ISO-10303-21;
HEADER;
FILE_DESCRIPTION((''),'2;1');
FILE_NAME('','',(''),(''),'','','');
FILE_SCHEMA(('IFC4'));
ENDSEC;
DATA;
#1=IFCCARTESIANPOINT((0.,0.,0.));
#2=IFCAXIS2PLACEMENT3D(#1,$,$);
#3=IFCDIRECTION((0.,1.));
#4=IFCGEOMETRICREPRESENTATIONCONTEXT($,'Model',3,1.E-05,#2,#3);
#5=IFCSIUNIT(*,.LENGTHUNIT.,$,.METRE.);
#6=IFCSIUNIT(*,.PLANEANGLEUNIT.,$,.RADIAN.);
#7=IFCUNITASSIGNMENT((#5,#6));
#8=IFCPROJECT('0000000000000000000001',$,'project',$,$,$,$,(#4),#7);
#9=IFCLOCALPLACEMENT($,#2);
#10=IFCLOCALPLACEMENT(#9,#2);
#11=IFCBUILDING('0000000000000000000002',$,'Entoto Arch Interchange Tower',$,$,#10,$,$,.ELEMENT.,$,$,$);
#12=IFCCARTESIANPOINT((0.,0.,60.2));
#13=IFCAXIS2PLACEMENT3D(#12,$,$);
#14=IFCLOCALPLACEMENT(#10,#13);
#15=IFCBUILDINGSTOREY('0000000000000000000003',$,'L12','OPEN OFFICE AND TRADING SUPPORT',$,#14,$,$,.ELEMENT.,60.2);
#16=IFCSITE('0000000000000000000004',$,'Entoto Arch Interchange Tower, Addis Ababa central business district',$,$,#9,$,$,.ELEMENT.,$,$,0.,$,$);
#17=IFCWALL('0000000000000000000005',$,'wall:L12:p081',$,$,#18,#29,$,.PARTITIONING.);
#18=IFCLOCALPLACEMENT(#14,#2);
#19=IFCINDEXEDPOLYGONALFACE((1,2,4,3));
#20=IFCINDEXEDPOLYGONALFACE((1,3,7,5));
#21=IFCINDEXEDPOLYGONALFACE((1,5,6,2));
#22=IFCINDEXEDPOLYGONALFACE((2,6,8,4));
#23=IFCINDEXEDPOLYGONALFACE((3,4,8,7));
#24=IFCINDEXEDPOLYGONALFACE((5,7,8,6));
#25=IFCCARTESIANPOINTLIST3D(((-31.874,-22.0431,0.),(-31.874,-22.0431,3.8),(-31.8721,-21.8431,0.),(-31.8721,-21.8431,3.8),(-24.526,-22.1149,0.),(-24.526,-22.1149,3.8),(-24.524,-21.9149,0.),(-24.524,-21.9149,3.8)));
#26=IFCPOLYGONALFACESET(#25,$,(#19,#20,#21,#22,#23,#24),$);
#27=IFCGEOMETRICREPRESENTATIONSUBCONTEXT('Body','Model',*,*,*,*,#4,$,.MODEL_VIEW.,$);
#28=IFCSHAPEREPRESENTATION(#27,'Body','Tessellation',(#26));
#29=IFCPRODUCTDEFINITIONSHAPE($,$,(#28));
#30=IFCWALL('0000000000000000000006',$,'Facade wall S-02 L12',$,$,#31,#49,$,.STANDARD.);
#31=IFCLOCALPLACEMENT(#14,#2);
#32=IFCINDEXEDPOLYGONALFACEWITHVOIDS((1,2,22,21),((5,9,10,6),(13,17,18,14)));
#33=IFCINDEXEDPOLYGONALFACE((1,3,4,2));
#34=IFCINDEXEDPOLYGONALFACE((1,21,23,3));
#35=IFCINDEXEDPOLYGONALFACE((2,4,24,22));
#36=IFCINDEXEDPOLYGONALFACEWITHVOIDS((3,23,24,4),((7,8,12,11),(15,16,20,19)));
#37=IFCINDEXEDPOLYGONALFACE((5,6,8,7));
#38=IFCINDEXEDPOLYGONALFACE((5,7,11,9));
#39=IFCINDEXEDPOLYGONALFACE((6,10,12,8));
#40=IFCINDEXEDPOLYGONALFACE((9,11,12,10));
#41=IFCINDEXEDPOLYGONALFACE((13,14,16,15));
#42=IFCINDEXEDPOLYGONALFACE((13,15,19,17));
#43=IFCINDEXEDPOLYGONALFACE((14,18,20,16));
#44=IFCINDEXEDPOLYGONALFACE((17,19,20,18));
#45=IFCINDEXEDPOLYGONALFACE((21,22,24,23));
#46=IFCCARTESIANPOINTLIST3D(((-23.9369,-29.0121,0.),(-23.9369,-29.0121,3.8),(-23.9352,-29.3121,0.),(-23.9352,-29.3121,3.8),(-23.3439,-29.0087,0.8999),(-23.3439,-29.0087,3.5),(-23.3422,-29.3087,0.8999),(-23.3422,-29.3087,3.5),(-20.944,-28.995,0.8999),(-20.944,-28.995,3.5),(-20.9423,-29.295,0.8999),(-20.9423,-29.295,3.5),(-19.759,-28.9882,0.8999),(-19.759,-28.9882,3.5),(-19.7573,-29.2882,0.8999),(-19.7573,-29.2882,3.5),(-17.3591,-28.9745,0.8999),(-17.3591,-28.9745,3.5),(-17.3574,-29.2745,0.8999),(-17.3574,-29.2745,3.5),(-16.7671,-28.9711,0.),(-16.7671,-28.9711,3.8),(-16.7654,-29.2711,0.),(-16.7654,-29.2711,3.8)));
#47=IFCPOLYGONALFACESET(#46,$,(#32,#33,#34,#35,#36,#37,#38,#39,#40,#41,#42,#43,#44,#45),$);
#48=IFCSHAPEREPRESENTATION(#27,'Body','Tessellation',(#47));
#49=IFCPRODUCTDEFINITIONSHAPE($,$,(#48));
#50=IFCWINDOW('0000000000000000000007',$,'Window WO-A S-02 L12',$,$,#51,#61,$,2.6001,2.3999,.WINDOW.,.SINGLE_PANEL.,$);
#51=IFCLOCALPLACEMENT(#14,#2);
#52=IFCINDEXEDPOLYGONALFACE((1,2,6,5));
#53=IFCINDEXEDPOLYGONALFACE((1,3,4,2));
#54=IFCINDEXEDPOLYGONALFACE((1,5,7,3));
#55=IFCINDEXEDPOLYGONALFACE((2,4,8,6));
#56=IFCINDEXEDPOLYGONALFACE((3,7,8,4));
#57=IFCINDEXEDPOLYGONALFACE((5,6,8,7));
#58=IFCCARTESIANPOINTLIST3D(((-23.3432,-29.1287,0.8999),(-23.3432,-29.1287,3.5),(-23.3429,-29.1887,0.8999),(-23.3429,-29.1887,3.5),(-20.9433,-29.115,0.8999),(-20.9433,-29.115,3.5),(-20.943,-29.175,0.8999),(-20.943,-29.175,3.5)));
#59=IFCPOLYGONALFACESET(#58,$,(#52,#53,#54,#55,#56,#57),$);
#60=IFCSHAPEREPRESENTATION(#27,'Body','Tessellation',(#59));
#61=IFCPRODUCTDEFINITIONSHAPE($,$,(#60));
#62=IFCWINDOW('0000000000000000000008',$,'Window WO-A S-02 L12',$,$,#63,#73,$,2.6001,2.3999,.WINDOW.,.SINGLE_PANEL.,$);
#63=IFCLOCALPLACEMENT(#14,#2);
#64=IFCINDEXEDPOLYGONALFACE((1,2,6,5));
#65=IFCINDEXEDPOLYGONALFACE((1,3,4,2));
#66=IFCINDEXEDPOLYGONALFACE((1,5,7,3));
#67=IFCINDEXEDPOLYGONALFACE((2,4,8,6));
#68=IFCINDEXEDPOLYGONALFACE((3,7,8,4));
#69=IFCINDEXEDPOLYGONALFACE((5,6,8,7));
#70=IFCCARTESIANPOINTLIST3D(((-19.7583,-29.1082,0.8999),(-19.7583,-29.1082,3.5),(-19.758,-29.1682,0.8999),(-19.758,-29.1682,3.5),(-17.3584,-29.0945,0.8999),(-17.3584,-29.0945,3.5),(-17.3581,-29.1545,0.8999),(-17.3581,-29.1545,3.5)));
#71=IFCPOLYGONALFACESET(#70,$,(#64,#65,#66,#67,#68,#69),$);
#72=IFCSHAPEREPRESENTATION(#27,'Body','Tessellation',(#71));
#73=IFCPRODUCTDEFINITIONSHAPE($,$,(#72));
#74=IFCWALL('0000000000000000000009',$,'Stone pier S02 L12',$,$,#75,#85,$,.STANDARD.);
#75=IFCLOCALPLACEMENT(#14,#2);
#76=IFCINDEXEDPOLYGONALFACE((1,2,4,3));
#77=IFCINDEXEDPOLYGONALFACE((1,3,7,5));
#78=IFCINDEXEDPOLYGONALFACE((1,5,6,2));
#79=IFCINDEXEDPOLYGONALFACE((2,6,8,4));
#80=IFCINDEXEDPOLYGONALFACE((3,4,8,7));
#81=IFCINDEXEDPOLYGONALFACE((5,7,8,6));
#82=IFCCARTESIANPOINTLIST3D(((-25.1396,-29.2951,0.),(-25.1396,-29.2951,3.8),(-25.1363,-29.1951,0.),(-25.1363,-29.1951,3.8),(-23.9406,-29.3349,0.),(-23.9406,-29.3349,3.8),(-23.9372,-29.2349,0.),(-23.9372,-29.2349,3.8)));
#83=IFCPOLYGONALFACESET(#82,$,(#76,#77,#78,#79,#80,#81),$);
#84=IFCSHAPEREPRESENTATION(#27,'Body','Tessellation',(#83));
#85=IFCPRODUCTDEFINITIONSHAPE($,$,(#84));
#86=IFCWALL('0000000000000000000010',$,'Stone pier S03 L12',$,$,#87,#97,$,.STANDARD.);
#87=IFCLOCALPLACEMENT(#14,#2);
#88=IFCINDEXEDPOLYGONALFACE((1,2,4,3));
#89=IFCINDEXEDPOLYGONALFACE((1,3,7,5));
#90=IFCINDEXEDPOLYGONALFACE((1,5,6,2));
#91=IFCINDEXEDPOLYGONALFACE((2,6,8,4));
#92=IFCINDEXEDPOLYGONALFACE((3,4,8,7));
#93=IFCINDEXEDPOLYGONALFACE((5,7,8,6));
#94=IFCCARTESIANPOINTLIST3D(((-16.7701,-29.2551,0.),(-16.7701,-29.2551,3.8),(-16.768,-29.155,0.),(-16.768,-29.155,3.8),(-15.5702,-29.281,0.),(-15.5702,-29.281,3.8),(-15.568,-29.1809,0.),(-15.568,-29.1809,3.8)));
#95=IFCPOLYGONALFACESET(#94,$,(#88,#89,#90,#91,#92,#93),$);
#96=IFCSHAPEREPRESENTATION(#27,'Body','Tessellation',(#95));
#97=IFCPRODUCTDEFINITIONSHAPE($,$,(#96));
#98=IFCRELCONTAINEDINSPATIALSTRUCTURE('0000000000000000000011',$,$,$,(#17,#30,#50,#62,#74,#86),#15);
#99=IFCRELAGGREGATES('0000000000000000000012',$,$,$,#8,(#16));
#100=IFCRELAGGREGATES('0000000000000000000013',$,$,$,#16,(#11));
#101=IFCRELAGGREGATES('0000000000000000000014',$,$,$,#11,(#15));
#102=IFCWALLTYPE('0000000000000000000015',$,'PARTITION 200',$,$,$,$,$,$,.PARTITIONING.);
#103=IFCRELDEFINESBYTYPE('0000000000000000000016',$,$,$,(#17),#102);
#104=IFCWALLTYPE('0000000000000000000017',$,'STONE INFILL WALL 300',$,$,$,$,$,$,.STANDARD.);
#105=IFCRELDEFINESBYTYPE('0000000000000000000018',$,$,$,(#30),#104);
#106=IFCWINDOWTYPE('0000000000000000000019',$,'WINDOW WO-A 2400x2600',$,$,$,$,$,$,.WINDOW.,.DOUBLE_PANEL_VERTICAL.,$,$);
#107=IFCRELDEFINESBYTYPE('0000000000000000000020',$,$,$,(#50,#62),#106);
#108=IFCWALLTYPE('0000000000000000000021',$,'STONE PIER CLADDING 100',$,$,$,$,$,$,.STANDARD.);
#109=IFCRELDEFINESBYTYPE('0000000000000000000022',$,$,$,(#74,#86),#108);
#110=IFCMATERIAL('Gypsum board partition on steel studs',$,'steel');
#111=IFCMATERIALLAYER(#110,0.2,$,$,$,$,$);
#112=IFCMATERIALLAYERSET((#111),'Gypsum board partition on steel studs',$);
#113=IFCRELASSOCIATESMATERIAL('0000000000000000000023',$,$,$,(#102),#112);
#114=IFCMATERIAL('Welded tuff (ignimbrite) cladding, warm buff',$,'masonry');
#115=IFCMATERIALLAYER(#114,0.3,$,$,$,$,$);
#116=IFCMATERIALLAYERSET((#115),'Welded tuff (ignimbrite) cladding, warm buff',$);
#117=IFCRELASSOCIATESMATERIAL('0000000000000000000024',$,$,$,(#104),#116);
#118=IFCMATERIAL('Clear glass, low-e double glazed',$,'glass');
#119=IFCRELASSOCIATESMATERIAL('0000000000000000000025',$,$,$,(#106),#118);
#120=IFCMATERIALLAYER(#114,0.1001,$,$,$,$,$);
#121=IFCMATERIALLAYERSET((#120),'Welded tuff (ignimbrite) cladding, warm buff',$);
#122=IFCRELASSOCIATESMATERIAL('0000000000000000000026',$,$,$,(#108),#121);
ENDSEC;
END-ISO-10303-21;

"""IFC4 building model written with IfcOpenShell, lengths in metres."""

from ifc_helpers import new_model, si_unit, direction, frame, frame_2d, origin, place, context, subcontext, project, spatial, rectangle, extrude, material, layer, layer_set, type_object, element, fill, save


model = new_model("IFC4")

# Units and contexts
model_context = context("Model", 3, precision=1e-05, world=origin(), true_north=direction((0.0, 1.0)))
body_context = subcontext(model_context, "Body", "Model", "MODEL_VIEW")
ifc_project = project(units=[si_unit("LENGTHUNIT", "METRE"), si_unit("PLANEANGLEUNIT", "RADIAN")], contexts=[model_context])

# Site, building, storey
site_placement = place(None, origin())
site = spatial("IfcSite", under=ifc_project, at=site_placement, Name="Entoto Arch Interchange Tower, Addis Ababa central business district", CompositionType="ELEMENT", RefElevation=0.0)
building_placement = place(site_placement, origin())
building = spatial("IfcBuilding", under=site, at=building_placement, Name="Entoto Arch Interchange Tower", CompositionType="ELEMENT")
storey_placement = place(building_placement, frame((0.0, 0.0, 60.2)))
storey = spatial("IfcBuildingStorey", under=building, at=storey_placement, Name="L12", Description="OPEN OFFICE AND TRADING SUPPORT", CompositionType="ELEMENT", Elevation=60.2)

# Shared definitions
ifc_material_1 = material(Name="Gypsum board partition on steel studs", Category="steel")
ifc_layer_1 = layer(ifc_material_1, 0.2)
ifc_layer_set_1 = layer_set([ifc_layer_1], Name="Gypsum board partition on steel studs")
wall_type_1 = type_object("IfcWallType", Name="PARTITION 200", PredefinedType="PARTITIONING", material=ifc_layer_set_1)

# Wall
wall_1_placement = place(storey_placement, frame((-24.5249, -22.0149, 0.0), z_axis=(0.0, 0.0, 1.0), x_axis=(-0.999952, 0.009768, 0.0)))
element("IfcWall", 1, at=wall_1_placement, inside=storey, type_object=wall_type_1, Name="wall:L12:p081", PredefinedType="PARTITIONING", context=body_context, shape_type="SweptSolid", body=[
    extrude(rectangle(XDim=7.3484, YDim=0.2, at=frame_2d((3.6743, 0.0))), origin(), (0.0, 0.0, 1.0), 3.8),
])

# Wall, openings, windows
ifc_material_2 = material(Name="Welded tuff (ignimbrite) cladding, warm buff", Category="masonry")
ifc_layer_2 = layer(ifc_material_2, 0.3)
ifc_layer_set_2 = layer_set([ifc_layer_2], Name="Welded tuff (ignimbrite) cladding, warm buff")
wall_type_2 = type_object("IfcWallType", Name="STONE INFILL WALL 300", PredefinedType="STANDARD", material=ifc_layer_set_2)
wall_2_placement = place(storey_placement, frame((-23.936, -29.1621, 0.0), z_axis=(0.0, 0.0, 1.0), x_axis=(0.999984, 0.00572, 0.0)))
wall_2 = element("IfcWall", 2, at=wall_2_placement, inside=storey, type_object=wall_type_2, Name="Facade wall S-02 L12", PredefinedType="STANDARD", context=body_context, shape_type="SweptSolid", body=[
    extrude(rectangle(XDim=7.1699, YDim=0.3, at=frame_2d((3.585, 0.0))), origin(), (0.0, 0.0, 1.0), 3.8),
])
opening_1_placement = place(wall_2_placement, frame((0.593, 0.0, 0.8999)))
opening_1 = element("IfcOpeningElement", 3, at=opening_1_placement, cuts=wall_2, PredefinedType="OPENING", context=body_context, shape_type="SweptSolid", body=[
    extrude(rectangle(XDim=2.3999, YDim=2.6001, at=frame_2d((1.2, 1.3))), frame((0.0, 0.1602, 0.0), z_axis=(0.0, -1.0, 0.0), x_axis=(1.0, 0.0, 0.0)), (0.0, 0.0, 1.0), 0.3201),
])
opening_2_placement = place(wall_2_placement, frame((4.178, 0.0, 0.8999)))
opening_2 = element("IfcOpeningElement", 4, at=opening_2_placement, cuts=wall_2, PredefinedType="OPENING", context=body_context, shape_type="SweptSolid", body=[
    extrude(rectangle(XDim=2.3999, YDim=2.6001, at=frame_2d((1.2, 1.3))), frame((0.0, 0.1602, 0.0), z_axis=(0.0, -1.0, 0.0), x_axis=(1.0, 0.0, 0.0)), (0.0, 0.0, 1.0), 0.3201),
])
ifc_material_3 = material(Name="Clear glass, low-e double glazed", Category="glass")
window_type = type_object("IfcWindowType", Name="WINDOW WO-A 2400x2600", PartitioningType="DOUBLE_PANEL_VERTICAL", PredefinedType="WINDOW", material=ifc_material_3)
window_1_placement = place(opening_1_placement, origin())
window_1 = element("IfcWindow", 5, at=window_1_placement, inside=storey, type_object=window_type, Name="Window WO-A S-02 L12", OverallHeight=2.6001, OverallWidth=2.3999, PartitioningType="SINGLE_PANEL", PredefinedType="WINDOW", context=body_context, shape_type="SweptSolid", body=[
    extrude(rectangle(XDim=2.3999, YDim=2.6001, at=frame_2d((1.2, 1.3))), frame((0.0, 0.03, 0.0), z_axis=(0.0, -1.0, 0.0), x_axis=(1.0, 0.0, 0.0)), (0.0, 0.0, 1.0), 0.0601),
])
fill(opening_1, window_1)
window_2_placement = place(opening_2_placement, origin())
window_2 = element("IfcWindow", 6, at=window_2_placement, inside=storey, type_object=window_type, Name="Window WO-A S-02 L12", OverallHeight=2.6001, OverallWidth=2.3999, PartitioningType="SINGLE_PANEL", PredefinedType="WINDOW", context=body_context, shape_type="SweptSolid", body=[
    extrude(rectangle(XDim=2.3999, YDim=2.6001, at=frame_2d((1.2, 1.3))), frame((0.0, 0.03, 0.0), z_axis=(0.0, -1.0, 0.0), x_axis=(1.0, 0.0, 0.0)), (0.0, 0.0, 1.0), 0.0601),
])
fill(opening_2, window_2)

# Walls
ifc_layer_3 = layer(ifc_material_2, 0.1001)
ifc_layer_set_3 = layer_set([ifc_layer_3], Name="Welded tuff (ignimbrite) cladding, warm buff")
wall_type_3 = type_object("IfcWallType", Name="STONE PIER CLADDING 100", PredefinedType="STANDARD", material=ifc_layer_set_3)
wall_3_placement = place(storey_placement, frame((-25.1379, -29.2451, 0.0), z_axis=(0.0, 0.0, 1.0), x_axis=(0.99945, -0.033173, 0.0)))
element("IfcWall", 7, at=wall_3_placement, inside=storey, type_object=wall_type_3, Name="Stone pier S02 L12", PredefinedType="STANDARD", context=body_context, shape_type="SweptSolid", body=[
    extrude(rectangle(XDim=1.1997, YDim=0.1001, at=frame_2d((0.5999, 0.0))), origin(), (0.0, 0.0, 1.0), 3.8),
])
wall_4_placement = place(storey_placement, frame((-16.769, -29.2051, 0.0), z_axis=(0.0, 0.0, 1.0), x_axis=(0.999768, -0.021562, 0.0)))
element("IfcWall", 8, at=wall_4_placement, inside=storey, type_object=wall_type_3, Name="Stone pier S03 L12", PredefinedType="STANDARD", context=body_context, shape_type="SweptSolid", body=[
    extrude(rectangle(XDim=1.2002, YDim=0.1001, at=frame_2d((0.6001, 0.0))), origin(), (0.0, 0.0, 1.0), 3.8),
])

save(model, "model.ifc")
